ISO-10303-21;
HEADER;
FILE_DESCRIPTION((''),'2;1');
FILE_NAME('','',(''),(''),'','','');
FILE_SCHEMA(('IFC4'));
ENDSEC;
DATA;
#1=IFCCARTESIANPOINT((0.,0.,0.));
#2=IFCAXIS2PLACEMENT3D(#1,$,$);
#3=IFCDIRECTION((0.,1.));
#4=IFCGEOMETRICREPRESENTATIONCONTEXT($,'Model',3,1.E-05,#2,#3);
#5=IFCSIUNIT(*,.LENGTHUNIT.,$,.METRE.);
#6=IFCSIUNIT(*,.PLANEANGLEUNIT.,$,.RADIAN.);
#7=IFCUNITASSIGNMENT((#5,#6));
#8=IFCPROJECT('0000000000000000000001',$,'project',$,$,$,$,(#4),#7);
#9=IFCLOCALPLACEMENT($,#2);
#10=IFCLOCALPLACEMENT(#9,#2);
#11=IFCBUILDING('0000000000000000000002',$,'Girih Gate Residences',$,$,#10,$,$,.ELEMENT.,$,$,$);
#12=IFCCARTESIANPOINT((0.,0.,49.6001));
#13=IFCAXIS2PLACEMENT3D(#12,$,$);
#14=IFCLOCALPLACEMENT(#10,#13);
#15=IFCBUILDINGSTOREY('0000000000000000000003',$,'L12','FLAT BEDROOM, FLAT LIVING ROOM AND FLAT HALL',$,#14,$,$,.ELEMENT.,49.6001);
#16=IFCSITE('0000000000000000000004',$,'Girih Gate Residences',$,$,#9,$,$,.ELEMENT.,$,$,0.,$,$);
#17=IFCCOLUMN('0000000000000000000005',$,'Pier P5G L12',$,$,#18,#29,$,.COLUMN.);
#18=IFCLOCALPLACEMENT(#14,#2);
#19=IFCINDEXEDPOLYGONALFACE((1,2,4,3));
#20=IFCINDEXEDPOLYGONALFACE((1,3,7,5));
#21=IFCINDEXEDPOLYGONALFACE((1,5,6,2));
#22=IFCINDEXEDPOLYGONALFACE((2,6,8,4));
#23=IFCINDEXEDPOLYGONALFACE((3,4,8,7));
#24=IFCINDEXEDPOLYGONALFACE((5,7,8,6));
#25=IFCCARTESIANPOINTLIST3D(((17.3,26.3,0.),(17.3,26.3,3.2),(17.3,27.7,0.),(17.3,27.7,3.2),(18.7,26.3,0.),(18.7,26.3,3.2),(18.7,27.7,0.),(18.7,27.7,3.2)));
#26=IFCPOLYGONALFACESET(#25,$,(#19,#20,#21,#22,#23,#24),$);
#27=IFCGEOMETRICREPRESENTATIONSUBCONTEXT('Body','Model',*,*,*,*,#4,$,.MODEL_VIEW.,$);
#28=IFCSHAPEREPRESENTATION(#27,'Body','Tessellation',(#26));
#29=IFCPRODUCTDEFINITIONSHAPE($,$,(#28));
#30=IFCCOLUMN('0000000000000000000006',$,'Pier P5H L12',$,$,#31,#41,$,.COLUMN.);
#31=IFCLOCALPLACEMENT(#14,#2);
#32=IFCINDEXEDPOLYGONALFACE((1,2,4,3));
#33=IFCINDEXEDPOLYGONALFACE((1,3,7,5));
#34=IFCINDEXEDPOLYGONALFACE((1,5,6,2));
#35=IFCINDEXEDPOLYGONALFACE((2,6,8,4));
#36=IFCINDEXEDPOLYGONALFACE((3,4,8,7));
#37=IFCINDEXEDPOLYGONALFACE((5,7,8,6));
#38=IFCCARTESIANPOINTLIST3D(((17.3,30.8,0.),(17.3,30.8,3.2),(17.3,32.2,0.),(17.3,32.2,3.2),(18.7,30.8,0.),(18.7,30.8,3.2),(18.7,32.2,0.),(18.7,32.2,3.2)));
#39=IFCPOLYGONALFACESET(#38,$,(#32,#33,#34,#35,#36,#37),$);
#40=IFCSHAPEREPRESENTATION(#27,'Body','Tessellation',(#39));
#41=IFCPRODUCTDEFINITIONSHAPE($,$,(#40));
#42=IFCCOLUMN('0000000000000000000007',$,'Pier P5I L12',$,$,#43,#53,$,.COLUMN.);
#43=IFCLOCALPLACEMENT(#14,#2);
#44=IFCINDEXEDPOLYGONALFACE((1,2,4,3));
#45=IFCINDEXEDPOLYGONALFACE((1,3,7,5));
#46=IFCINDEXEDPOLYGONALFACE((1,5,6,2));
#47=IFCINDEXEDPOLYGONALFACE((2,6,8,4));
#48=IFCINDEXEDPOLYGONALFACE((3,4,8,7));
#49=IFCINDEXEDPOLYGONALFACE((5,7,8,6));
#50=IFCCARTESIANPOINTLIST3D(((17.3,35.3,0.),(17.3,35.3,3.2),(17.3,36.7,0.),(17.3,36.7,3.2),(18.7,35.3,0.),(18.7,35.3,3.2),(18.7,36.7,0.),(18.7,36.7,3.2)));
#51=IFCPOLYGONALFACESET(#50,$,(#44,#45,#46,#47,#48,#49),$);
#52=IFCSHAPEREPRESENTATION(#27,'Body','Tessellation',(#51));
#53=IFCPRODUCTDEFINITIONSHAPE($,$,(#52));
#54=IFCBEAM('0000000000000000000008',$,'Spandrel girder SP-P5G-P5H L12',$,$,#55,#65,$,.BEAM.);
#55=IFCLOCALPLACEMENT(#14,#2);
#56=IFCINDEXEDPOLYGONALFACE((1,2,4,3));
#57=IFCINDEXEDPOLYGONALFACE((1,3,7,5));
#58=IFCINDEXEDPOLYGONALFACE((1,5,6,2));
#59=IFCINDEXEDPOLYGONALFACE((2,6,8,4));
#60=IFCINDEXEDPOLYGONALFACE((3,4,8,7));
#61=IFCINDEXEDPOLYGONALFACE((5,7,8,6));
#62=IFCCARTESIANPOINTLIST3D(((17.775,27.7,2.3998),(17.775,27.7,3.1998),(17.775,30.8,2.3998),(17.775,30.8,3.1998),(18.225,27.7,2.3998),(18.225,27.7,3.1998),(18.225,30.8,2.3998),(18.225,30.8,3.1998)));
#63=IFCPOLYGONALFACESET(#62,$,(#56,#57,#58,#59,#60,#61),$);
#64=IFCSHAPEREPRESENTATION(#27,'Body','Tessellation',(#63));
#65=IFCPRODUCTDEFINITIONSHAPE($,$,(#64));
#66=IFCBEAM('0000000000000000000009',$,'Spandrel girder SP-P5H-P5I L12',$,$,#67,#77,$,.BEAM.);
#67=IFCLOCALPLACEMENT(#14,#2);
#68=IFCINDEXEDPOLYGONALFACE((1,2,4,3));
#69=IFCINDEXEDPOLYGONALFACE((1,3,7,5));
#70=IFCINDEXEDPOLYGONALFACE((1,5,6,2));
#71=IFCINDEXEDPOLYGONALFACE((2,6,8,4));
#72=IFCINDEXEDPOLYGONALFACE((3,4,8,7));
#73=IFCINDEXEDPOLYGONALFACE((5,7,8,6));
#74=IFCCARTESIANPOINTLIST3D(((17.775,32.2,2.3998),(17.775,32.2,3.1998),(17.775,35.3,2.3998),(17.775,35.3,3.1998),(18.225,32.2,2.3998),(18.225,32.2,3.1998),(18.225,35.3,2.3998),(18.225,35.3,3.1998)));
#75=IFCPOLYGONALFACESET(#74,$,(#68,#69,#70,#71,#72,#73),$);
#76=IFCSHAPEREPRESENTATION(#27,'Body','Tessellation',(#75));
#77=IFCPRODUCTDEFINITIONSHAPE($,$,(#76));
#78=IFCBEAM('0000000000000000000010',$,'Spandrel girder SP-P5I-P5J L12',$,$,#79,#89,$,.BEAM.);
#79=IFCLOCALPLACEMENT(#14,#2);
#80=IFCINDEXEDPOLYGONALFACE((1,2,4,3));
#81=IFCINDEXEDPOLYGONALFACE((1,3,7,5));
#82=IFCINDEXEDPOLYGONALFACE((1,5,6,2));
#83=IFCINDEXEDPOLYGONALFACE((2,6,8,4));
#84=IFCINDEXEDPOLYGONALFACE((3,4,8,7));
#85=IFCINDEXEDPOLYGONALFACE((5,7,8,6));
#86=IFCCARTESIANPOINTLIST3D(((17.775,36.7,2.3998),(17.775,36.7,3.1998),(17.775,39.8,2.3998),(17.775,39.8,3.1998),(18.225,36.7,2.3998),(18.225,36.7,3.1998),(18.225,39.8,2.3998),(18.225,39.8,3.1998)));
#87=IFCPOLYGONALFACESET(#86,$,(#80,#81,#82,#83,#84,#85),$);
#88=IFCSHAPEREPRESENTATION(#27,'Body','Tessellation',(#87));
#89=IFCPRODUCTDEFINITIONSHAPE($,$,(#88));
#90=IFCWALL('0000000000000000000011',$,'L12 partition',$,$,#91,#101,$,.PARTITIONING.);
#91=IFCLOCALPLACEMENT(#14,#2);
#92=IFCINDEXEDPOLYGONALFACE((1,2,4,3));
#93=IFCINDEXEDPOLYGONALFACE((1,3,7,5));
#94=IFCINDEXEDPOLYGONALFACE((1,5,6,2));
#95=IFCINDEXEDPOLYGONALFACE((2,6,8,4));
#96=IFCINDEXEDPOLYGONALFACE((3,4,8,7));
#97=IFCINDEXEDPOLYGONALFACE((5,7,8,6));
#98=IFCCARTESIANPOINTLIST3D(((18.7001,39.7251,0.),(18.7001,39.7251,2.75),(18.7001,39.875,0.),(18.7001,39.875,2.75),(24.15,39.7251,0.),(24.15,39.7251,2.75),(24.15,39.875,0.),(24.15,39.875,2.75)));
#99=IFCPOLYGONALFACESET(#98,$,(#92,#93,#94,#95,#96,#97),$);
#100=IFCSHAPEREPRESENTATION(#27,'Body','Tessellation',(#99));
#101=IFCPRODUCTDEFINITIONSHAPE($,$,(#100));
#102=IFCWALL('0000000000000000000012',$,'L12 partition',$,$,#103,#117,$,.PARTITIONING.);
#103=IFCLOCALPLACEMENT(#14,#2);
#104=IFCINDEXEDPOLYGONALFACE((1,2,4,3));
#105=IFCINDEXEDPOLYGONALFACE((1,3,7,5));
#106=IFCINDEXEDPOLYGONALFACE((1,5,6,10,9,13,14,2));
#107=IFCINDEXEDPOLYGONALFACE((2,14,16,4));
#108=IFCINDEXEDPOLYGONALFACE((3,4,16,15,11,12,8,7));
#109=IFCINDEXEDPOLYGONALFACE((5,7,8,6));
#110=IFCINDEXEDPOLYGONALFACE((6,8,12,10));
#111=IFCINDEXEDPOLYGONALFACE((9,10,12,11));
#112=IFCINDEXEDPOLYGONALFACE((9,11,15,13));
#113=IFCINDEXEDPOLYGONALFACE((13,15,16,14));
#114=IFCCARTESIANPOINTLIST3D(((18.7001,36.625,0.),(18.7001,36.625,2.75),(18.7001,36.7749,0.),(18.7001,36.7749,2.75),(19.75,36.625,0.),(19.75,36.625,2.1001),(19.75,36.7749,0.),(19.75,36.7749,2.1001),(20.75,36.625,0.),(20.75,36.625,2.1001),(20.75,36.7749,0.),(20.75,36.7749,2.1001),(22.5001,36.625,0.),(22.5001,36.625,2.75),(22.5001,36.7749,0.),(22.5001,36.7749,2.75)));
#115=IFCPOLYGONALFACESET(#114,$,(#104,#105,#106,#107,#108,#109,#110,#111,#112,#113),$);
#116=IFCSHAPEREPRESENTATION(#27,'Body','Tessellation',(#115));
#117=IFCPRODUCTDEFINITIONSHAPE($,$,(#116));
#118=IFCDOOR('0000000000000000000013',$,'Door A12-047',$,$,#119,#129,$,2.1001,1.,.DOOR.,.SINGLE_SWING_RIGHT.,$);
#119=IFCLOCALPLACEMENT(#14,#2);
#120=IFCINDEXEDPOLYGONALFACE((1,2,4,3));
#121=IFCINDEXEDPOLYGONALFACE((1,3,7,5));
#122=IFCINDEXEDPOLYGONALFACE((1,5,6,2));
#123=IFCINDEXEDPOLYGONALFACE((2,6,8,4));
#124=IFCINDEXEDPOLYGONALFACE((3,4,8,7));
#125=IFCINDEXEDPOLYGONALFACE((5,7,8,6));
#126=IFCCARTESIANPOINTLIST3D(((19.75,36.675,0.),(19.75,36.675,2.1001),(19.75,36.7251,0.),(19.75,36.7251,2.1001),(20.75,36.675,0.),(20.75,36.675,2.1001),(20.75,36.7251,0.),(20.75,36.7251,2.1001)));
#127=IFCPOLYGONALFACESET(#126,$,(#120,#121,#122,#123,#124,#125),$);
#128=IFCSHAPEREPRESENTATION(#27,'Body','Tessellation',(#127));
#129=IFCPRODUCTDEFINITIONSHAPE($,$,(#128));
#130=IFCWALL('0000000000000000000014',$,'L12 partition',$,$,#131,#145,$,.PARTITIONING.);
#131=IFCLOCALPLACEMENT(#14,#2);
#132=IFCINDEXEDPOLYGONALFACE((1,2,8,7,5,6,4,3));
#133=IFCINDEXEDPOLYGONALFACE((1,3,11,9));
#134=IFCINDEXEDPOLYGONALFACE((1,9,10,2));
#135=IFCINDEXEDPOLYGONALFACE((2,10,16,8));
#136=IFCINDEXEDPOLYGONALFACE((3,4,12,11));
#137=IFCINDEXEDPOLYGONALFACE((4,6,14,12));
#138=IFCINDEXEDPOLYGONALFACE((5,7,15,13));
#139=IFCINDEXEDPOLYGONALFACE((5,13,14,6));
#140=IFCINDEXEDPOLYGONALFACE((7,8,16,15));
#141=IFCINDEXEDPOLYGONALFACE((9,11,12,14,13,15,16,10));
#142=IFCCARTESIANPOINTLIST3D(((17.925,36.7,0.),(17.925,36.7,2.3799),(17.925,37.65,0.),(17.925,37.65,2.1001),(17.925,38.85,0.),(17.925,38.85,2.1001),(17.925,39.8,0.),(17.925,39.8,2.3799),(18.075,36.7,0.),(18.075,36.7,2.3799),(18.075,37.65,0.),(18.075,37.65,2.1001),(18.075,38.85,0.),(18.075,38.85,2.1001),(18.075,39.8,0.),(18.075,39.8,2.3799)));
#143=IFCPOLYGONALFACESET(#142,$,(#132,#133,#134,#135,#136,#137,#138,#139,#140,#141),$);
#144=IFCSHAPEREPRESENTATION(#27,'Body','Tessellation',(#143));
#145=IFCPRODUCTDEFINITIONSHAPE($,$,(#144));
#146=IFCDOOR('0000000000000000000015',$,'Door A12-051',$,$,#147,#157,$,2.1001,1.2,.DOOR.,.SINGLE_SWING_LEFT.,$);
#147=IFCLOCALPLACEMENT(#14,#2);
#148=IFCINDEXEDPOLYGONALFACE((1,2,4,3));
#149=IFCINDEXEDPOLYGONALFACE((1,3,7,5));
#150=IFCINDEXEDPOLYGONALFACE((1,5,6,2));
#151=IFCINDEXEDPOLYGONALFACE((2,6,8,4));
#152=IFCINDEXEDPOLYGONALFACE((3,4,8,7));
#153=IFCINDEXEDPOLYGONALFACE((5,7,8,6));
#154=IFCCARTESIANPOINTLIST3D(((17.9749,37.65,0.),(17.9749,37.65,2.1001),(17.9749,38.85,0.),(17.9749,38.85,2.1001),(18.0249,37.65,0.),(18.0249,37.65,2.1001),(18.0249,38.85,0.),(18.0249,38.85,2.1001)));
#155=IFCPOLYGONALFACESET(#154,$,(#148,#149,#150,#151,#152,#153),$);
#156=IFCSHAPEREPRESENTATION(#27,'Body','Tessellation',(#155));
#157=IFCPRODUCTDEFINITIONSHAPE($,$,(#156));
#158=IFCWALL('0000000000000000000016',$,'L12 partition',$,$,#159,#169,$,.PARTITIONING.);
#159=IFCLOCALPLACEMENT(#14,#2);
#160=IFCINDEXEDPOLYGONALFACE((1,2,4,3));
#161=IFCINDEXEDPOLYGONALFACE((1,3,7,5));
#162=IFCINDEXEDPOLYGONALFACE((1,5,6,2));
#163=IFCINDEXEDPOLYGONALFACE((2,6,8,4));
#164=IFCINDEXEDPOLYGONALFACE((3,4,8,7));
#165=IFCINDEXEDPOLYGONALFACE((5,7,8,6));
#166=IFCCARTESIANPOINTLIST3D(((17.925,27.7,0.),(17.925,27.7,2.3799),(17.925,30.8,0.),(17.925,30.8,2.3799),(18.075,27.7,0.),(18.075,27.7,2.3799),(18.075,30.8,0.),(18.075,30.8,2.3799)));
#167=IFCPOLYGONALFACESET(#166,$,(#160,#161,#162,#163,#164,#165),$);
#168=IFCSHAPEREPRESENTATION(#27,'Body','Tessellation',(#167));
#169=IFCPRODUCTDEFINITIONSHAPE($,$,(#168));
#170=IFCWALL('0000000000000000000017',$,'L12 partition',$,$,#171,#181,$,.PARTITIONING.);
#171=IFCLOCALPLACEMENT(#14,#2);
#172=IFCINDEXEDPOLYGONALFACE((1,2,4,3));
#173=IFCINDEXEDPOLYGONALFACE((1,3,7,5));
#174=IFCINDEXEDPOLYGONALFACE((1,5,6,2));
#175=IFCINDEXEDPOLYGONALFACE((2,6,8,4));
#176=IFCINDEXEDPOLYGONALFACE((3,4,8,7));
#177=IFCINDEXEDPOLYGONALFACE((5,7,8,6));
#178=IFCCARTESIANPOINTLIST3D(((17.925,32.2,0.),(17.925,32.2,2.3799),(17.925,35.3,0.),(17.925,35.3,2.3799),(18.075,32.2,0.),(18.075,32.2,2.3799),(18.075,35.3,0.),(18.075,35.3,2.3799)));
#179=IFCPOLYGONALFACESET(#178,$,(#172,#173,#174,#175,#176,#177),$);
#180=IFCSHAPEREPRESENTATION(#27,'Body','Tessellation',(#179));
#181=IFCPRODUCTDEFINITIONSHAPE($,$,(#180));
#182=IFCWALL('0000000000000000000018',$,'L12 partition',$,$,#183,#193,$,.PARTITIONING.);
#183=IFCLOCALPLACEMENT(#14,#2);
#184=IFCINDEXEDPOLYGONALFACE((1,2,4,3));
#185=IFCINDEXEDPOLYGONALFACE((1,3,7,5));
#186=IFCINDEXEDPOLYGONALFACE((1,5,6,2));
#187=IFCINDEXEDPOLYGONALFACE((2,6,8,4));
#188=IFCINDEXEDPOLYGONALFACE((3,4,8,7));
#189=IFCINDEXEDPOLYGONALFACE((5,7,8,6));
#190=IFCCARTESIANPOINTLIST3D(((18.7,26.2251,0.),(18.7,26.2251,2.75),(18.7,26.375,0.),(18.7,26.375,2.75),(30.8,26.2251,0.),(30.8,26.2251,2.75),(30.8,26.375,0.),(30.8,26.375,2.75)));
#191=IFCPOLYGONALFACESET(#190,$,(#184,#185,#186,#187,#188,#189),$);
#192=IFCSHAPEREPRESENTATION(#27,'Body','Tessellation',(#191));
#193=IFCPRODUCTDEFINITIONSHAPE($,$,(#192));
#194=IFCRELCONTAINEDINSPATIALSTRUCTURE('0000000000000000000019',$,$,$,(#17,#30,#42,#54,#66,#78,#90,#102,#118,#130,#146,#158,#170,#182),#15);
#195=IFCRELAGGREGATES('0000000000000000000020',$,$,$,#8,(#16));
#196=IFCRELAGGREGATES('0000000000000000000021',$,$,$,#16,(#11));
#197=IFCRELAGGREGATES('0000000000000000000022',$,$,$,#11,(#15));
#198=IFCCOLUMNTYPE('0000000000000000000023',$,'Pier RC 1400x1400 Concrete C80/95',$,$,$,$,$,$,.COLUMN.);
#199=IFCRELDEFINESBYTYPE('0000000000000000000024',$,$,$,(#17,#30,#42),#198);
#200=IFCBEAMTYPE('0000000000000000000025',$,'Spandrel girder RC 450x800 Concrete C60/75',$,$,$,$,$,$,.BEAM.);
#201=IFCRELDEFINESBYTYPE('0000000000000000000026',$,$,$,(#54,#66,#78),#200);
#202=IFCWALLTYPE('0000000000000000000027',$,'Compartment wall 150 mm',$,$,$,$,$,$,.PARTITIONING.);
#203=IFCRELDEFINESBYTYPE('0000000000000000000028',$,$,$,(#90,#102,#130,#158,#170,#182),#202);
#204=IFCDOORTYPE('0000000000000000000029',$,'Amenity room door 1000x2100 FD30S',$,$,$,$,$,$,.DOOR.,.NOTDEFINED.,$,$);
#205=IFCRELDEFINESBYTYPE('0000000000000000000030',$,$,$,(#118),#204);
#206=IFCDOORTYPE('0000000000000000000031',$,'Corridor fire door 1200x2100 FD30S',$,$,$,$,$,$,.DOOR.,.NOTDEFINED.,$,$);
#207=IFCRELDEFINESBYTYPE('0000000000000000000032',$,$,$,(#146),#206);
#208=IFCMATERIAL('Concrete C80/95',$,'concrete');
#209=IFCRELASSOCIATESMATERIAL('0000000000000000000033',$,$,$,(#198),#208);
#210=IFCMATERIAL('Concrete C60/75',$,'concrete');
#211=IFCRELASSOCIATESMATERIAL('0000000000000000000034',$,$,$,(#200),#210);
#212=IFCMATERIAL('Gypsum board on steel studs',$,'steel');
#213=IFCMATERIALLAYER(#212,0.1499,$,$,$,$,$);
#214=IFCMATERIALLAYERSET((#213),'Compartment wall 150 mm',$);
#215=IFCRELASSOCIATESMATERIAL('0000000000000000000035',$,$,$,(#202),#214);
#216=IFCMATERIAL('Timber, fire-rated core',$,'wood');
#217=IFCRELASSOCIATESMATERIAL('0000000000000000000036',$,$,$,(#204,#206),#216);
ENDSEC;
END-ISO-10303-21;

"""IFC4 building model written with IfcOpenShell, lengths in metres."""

from ifc_helpers import new_model, si_unit, direction, frame, frame_2d, origin, origin_2d, place, context, subcontext, project, spatial, rectangle, extrude, material, layer, layer_set, material_profile, profile_set, type_object, element, fill, save


model = new_model("IFC4")

# Units and contexts
model_context = context("Model", 3, precision=1e-05, world=origin(), true_north=direction((0.0, 1.0)))
body_context = subcontext(model_context, "Body", "Model", "MODEL_VIEW")
ifc_project = project(units=[si_unit("LENGTHUNIT", "METRE"), si_unit("PLANEANGLEUNIT", "RADIAN")], contexts=[model_context])

# Site, building, storey
site_placement = place(None, origin())
site = spatial("IfcSite", under=ifc_project, at=site_placement, Name="Girih Gate Residences", CompositionType="ELEMENT", RefElevation=0.0)
building_placement = place(site_placement, origin())
building = spatial("IfcBuilding", under=site, at=building_placement, Name="Girih Gate Residences", CompositionType="ELEMENT")
storey_placement = place(building_placement, frame((0.0, 0.0, 49.6001)))
storey = spatial("IfcBuildingStorey", under=building, at=storey_placement, Name="L12", Description="FLAT BEDROOM, FLAT LIVING ROOM AND FLAT HALL", CompositionType="ELEMENT", Elevation=49.6001)

# Columns
ifc_material_1 = material(Name="Concrete C80/95", Category="concrete")
ifc_material_profile_1 = material_profile(ifc_material_1, rectangle(XDim=1.3999, YDim=1.3999, at=origin_2d()))
ifc_profile_set_1 = profile_set([ifc_material_profile_1], Name="Concrete C80/95")
column_type = type_object("IfcColumnType", Name="Pier RC 1400x1400 Concrete C80/95", PredefinedType="COLUMN", material=ifc_profile_set_1)
for number, where, z_axis, x_axis, name in (
    (1, (18.0, 27.0, 0.0), (0.0, 0.0, 1.0), (1.0, 0.0, 0.0), "Pier P5G L12"),
    (2, (18.0, 31.5, 0.0), (0.0, 0.0, 1.0), (1.0, 0.0, 0.0), "Pier P5H L12"),
    (3, (18.0, 36.0, 0.0), (0.0, 0.0, 1.0), (1.0, 0.0, 0.0), "Pier P5I L12"),
):
    element("IfcColumn", number, at=place(storey_placement, frame(where, z_axis=z_axis, x_axis=x_axis)), inside=storey, type_object=column_type, Name=name, PredefinedType="COLUMN", context=body_context, shape_type="SweptSolid", body=[
        extrude(rectangle(XDim=1.3999, YDim=1.3999, at=origin_2d()), origin(), (0.0, 0.0, 1.0), 3.2),
    ])

# Beams
ifc_material_2 = material(Name="Concrete C60/75", Category="concrete")
ifc_material_profile_2 = material_profile(ifc_material_2, rectangle(XDim=0.45, YDim=0.8, at=origin_2d()))
ifc_profile_set_2 = profile_set([ifc_material_profile_2], Name="Concrete C60/75")
beam_type = type_object("IfcBeamType", Name="Spandrel girder RC 450x800 Concrete C60/75", PredefinedType="BEAM", material=ifc_profile_set_2)
for number, where, z_axis, x_axis, name in (
    (4, (18.0, 27.7, 2.7998), (0.0, 1.0, 0.0), (-1.0, 0.0, 0.0), "Spandrel girder SP-P5G-P5H L12"),
    (5, (18.0, 32.2, 2.7998), (0.0, 1.0, 0.0), (-1.0, 0.0, 0.0), "Spandrel girder SP-P5H-P5I L12"),
    (6, (18.0, 36.7, 2.7998), (0.0, 1.0, 0.0), (-1.0, 0.0, 0.0), "Spandrel girder SP-P5I-P5J L12"),
):
    element("IfcBeam", number, at=place(storey_placement, frame(where, z_axis=z_axis, x_axis=x_axis)), inside=storey, type_object=beam_type, Name=name, PredefinedType="BEAM", context=body_context, shape_type="SweptSolid", body=[
        extrude(rectangle(XDim=0.45, YDim=0.8, at=origin_2d()), origin(), (0.0, 0.0, 1.0), 3.1001),
    ])

# Wall
ifc_material_3 = material(Name="Gypsum board on steel studs", Category="steel")
ifc_layer_1 = layer(ifc_material_3, 0.1499)
ifc_layer_set_1 = layer_set([ifc_layer_1], Name="Compartment wall 150 mm")
wall_type_1 = type_object("IfcWallType", Name="Compartment wall 150 mm", PredefinedType="PARTITIONING", material=ifc_layer_set_1)
wall_1_placement = place(storey_placement, frame((18.7, 39.8, 0.0), z_axis=(0.0, 0.0, 1.0), x_axis=(1.0, 0.0, 0.0)))
element("IfcWall", 7, at=wall_1_placement, inside=storey, type_object=wall_type_1, Name="L12 partition", PredefinedType="PARTITIONING", context=body_context, shape_type="SweptSolid", body=[
    extrude(rectangle(XDim=5.45, YDim=0.1499, at=frame_2d((2.7251, 0.0))), origin(), (0.0, 0.0, 1.0), 2.75),
])

# Walls, openings, doors
wall_2_placement = place(storey_placement, frame((22.5, 36.7, 0.0), z_axis=(0.0, 0.0, 1.0), x_axis=(-1.0, 0.0, 0.0)))
wall_2 = element("IfcWall", 8, at=wall_2_placement, inside=storey, type_object=wall_type_1, Name="L12 partition", PredefinedType="PARTITIONING", context=body_context, shape_type="SweptSolid", body=[
    extrude(rectangle(XDim=3.8, YDim=0.1499, at=frame_2d((1.8999, 0.0))), origin(), (0.0, 0.0, 1.0), 2.75),
])
opening_1_placement = place(wall_2_placement, frame((1.75, 0.0, 0.0)))
opening_1 = element("IfcOpeningElement", 9, at=opening_1_placement, cuts=wall_2, PredefinedType="OPENING", context=body_context, shape_type="SweptSolid", body=[
    extrude(rectangle(XDim=1.0, YDim=2.1001, at=frame_2d((0.5, 1.05))), frame((0.0, 0.085, 0.0), z_axis=(0.0, -1.0, 0.0), x_axis=(1.0, 0.0, 0.0)), (0.0, 0.0, 1.0), 0.1699),
])
ifc_material_4 = material(Name="Timber, fire-rated core", Category="wood")
door_type_1 = type_object("IfcDoorType", Name="Amenity room door 1000x2100 FD30S", OperationType="NOTDEFINED", PredefinedType="DOOR", material=ifc_material_4)
door_1_placement = place(opening_1_placement, origin())
door_1 = element("IfcDoor", 10, at=door_1_placement, inside=storey, type_object=door_type_1, Name="Door A12-047", OperationType="SINGLE_SWING_RIGHT", OverallHeight=2.1001, OverallWidth=1.0, PredefinedType="DOOR", context=body_context, shape_type="SweptSolid", body=[
    extrude(rectangle(XDim=1.0, YDim=2.1001, at=frame_2d((0.5, 1.05))), frame((0.0, 0.0249, 0.0), z_axis=(0.0, -1.0, 0.0), x_axis=(1.0, 0.0, 0.0)), (0.0, 0.0, 1.0), 0.05),
])
fill(opening_1, door_1)
wall_3_placement = place(storey_placement, frame((18.0, 39.8, 0.0), z_axis=(0.0, 0.0, 1.0), x_axis=(0.0, -1.0, 0.0)))
wall_3 = element("IfcWall", 11, at=wall_3_placement, inside=storey, type_object=wall_type_1, Name="L12 partition", PredefinedType="PARTITIONING", context=body_context, shape_type="SweptSolid", body=[
    extrude(rectangle(XDim=3.1001, YDim=0.1499, at=frame_2d((1.55, 0.0))), origin(), (0.0, 0.0, 1.0), 2.3799),
])
opening_2_placement = place(wall_3_placement, frame((0.95, 0.0, 0.0)))
opening_2 = element("IfcOpeningElement", 12, at=opening_2_placement, cuts=wall_3, PredefinedType="OPENING", context=body_context, shape_type="SweptSolid", body=[
    extrude(rectangle(XDim=1.2, YDim=2.1001, at=frame_2d((0.6001, 1.05))), frame((0.0, 0.085, 0.0), z_axis=(0.0, -1.0, 0.0), x_axis=(1.0, 0.0, 0.0)), (0.0, 0.0, 1.0), 0.1699),
])
door_type_2 = type_object("IfcDoorType", Name="Corridor fire door 1200x2100 FD30S", OperationType="NOTDEFINED", PredefinedType="DOOR", material=ifc_material_4)
door_2_placement = place(opening_2_placement, origin())
door_2 = element("IfcDoor", 13, at=door_2_placement, inside=storey, type_object=door_type_2, Name="Door A12-051", OperationType="SINGLE_SWING_LEFT", OverallHeight=2.1001, OverallWidth=1.2, PredefinedType="DOOR", context=body_context, shape_type="SweptSolid", body=[
    extrude(rectangle(XDim=1.2, YDim=2.1001, at=frame_2d((0.6001, 1.05))), frame((0.0, 0.0249, 0.0), z_axis=(0.0, -1.0, 0.0), x_axis=(1.0, 0.0, 0.0)), (0.0, 0.0, 1.0), 0.05),
])
fill(opening_2, door_2)

# Walls
for number, where, z_axis, x_axis, name in (
    (14, (18.0, 27.7, 0.0), (0.0, 0.0, 1.0), (0.0, 1.0, 0.0), "L12 partition"),
    (15, (18.0, 32.2, 0.0), (0.0, 0.0, 1.0), (0.0, 1.0, 0.0), "L12 partition"),
):
    element("IfcWall", number, at=place(storey_placement, frame(where, z_axis=z_axis, x_axis=x_axis)), inside=storey, type_object=wall_type_1, Name=name, PredefinedType="PARTITIONING", context=body_context, shape_type="SweptSolid", body=[
        extrude(rectangle(XDim=3.1001, YDim=0.1499, at=frame_2d((1.55, 0.0))), origin(), (0.0, 0.0, 1.0), 2.3799),
    ])
wall_4_placement = place(storey_placement, frame((18.7, 26.3, 0.0), z_axis=(0.0, 0.0, 1.0), x_axis=(1.0, 0.0, 0.0)))
element("IfcWall", 16, at=wall_4_placement, inside=storey, type_object=wall_type_1, Name="L12 partition", PredefinedType="PARTITIONING", context=body_context, shape_type="SweptSolid", body=[
    extrude(rectangle(XDim=12.1001, YDim=0.1499, at=frame_2d((6.05, 0.0))), origin(), (0.0, 0.0, 1.0), 2.75),
])

save(model, "model.ifc")
